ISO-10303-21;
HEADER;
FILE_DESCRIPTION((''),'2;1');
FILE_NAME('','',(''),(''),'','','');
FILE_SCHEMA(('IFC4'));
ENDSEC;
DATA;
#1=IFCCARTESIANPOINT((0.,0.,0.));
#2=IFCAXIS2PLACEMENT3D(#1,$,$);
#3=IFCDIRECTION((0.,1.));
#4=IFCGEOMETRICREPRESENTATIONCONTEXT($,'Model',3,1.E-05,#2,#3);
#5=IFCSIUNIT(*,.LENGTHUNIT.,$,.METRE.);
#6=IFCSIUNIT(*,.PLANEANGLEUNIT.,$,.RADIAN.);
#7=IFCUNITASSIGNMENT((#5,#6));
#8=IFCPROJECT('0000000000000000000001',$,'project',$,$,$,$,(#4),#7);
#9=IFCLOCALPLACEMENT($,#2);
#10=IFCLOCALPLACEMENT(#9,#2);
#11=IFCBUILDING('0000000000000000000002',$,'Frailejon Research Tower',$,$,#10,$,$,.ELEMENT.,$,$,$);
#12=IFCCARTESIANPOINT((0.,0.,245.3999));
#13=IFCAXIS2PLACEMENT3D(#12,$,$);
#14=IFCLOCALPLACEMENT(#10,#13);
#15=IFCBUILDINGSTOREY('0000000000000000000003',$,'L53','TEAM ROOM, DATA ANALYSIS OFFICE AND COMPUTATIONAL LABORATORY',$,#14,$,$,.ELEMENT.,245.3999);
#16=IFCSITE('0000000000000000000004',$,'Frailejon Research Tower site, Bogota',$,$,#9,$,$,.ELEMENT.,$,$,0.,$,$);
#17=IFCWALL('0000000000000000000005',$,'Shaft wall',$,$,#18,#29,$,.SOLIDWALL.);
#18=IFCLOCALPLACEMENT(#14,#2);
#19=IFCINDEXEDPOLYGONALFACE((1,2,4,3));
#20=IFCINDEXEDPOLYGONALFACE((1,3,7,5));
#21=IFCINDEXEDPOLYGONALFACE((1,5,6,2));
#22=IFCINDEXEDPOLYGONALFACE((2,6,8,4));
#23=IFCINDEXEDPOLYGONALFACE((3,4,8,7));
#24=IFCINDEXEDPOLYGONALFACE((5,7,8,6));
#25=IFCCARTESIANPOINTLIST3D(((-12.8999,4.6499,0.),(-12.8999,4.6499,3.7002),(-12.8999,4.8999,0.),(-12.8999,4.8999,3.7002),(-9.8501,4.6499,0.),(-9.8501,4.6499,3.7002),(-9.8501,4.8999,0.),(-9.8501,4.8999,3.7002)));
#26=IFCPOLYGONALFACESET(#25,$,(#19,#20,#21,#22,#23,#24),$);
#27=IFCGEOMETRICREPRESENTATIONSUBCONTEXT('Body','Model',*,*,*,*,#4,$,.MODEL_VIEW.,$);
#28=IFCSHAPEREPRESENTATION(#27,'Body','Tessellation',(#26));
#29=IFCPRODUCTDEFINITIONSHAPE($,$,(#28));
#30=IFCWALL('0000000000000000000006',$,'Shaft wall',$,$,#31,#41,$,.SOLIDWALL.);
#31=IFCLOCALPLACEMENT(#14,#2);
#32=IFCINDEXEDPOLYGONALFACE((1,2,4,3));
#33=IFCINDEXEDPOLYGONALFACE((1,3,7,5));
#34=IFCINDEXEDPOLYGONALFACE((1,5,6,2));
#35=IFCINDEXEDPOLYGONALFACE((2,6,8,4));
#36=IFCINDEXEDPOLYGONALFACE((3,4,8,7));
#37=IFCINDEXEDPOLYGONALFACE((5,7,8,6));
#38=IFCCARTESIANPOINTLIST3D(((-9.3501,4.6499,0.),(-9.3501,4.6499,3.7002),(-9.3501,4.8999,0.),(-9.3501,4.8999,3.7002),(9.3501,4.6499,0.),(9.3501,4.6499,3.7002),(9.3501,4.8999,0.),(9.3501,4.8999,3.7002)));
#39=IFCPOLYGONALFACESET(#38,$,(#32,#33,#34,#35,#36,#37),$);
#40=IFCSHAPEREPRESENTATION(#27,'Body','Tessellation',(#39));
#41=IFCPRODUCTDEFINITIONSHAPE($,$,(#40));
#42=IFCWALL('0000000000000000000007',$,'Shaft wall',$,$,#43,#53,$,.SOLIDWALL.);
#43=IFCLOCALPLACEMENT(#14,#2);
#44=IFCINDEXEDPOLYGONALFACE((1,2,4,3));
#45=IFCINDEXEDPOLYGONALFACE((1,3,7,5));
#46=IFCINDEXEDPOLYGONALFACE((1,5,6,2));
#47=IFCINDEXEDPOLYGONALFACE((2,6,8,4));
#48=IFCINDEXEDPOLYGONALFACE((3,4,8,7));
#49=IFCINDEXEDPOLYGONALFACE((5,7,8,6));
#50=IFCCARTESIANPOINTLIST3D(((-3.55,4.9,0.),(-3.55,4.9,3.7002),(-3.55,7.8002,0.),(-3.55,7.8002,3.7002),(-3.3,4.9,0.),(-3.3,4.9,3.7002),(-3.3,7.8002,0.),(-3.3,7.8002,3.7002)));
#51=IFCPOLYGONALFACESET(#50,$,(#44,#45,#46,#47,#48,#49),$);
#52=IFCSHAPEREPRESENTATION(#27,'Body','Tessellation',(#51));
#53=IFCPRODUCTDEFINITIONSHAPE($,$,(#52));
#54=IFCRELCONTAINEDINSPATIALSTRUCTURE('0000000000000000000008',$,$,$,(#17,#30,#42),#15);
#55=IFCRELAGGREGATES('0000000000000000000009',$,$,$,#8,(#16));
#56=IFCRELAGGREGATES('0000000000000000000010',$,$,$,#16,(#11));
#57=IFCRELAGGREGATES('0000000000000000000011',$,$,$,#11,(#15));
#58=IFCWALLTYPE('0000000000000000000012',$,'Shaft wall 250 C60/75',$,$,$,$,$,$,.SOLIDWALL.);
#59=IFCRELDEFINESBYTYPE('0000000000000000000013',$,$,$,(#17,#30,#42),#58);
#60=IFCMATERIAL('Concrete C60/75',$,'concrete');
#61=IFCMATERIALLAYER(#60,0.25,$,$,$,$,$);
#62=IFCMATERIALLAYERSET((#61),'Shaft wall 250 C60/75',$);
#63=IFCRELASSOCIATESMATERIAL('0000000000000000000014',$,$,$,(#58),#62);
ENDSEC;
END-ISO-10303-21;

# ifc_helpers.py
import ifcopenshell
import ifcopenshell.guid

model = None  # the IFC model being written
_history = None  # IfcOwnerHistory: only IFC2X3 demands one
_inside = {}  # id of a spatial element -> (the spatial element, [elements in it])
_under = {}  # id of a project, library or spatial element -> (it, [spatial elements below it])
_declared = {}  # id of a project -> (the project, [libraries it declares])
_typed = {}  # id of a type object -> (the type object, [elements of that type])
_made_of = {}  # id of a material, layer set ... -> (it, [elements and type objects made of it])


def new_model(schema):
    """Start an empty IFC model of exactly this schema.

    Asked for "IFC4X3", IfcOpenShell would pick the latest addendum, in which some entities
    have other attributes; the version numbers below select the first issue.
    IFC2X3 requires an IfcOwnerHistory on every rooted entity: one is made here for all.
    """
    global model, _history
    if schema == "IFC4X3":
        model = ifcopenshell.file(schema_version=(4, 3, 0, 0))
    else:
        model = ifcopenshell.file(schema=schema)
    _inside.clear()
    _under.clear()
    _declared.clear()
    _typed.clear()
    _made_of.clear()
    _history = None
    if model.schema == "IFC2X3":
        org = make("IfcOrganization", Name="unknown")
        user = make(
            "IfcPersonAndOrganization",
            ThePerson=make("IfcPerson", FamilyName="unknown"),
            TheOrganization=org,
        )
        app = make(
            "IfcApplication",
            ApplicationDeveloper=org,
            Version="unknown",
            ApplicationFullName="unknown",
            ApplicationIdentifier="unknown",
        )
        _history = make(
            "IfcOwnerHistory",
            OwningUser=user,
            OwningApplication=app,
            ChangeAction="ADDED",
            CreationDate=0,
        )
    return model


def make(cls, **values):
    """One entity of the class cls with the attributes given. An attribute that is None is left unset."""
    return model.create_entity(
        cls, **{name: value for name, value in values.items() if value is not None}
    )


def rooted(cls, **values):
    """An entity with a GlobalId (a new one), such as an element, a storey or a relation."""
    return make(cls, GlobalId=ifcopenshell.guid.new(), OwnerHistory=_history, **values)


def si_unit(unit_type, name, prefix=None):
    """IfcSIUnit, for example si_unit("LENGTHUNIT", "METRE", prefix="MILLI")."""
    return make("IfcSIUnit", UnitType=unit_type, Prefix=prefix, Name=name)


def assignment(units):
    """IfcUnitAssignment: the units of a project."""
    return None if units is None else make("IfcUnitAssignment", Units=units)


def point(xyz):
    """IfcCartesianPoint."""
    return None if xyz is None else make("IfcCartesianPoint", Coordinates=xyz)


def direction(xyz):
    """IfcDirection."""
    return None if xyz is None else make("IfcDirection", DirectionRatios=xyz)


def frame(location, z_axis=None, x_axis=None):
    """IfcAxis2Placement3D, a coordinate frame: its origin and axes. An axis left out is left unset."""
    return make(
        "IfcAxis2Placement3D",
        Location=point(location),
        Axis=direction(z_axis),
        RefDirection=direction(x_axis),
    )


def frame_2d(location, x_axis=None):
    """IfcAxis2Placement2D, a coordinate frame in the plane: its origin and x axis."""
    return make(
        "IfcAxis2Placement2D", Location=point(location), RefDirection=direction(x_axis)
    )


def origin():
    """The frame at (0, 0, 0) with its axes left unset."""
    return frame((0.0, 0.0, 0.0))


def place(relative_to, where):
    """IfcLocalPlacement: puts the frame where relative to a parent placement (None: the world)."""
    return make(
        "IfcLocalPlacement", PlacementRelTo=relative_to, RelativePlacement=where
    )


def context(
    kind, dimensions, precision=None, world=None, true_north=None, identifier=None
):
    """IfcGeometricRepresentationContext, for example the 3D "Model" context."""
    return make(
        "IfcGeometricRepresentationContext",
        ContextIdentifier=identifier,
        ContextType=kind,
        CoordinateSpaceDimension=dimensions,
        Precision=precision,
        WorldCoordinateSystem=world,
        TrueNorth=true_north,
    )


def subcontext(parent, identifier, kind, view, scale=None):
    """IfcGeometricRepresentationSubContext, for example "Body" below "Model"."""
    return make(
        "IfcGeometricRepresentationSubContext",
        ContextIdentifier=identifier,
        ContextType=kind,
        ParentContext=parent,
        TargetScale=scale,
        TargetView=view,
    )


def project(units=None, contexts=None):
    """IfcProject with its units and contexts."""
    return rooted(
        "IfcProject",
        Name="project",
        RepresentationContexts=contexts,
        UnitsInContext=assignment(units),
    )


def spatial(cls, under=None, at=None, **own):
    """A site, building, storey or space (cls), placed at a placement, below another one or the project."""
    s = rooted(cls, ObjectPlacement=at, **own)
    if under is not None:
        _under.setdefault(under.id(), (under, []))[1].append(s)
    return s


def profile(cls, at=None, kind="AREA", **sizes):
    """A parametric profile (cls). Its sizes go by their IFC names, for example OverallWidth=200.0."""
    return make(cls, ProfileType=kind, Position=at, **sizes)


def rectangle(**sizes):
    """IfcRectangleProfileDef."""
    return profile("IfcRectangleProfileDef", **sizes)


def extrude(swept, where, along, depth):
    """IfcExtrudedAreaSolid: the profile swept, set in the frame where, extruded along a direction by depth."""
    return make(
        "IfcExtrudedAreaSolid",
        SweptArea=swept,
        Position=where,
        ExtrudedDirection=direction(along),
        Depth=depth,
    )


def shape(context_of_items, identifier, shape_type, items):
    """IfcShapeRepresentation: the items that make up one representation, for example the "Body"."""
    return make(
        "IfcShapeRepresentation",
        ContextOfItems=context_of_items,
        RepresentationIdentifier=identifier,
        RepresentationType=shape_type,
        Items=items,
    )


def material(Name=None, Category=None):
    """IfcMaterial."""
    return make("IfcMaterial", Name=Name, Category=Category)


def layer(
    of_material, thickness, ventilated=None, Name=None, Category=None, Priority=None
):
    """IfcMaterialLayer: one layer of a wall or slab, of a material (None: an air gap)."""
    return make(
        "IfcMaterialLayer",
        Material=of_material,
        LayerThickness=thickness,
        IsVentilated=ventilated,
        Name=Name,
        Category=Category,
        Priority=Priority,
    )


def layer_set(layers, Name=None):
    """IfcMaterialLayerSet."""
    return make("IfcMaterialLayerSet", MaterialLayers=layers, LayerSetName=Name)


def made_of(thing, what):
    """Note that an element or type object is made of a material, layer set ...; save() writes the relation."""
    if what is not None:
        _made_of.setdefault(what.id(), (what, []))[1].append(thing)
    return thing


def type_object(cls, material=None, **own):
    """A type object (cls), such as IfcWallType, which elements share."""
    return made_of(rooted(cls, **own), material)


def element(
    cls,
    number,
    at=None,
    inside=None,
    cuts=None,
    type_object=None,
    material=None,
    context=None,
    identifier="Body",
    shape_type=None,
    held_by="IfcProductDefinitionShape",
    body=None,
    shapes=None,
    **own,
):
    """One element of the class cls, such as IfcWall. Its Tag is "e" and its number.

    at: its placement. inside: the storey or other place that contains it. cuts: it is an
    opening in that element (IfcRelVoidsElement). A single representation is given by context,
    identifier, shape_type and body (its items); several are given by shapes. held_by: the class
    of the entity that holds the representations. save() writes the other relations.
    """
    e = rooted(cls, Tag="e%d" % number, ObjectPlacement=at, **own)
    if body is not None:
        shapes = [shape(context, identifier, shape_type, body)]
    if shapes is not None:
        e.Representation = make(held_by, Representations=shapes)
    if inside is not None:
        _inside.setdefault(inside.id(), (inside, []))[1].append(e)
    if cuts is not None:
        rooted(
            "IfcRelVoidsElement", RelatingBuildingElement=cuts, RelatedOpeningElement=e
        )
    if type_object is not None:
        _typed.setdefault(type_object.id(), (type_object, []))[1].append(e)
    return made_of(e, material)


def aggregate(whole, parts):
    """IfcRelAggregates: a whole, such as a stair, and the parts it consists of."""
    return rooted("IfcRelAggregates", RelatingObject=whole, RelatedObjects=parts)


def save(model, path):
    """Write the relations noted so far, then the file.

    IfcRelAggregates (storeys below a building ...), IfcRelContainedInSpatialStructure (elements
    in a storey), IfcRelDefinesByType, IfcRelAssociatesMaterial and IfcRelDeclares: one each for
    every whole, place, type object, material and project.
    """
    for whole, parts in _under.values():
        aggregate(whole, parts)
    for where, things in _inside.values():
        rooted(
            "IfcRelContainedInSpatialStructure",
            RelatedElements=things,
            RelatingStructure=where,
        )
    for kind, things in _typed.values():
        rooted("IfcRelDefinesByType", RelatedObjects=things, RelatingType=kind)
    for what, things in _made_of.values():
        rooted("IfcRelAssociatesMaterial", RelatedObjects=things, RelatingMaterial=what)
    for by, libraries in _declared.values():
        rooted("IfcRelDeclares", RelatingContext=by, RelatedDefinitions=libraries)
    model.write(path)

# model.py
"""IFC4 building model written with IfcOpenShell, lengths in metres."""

from ifc_helpers import new_model, si_unit, direction, frame, frame_2d, origin, place, context, subcontext, project, spatial, rectangle, extrude, material, layer, layer_set, type_object, element, save


model = new_model("IFC4")

# Units and contexts
model_context = context("Model", 3, precision=1e-05, world=origin(), true_north=direction((0.0, 1.0)))
body_context = subcontext(model_context, "Body", "Model", "MODEL_VIEW")
ifc_project = project(units=[si_unit("LENGTHUNIT", "METRE"), si_unit("PLANEANGLEUNIT", "RADIAN")], contexts=[model_context])

# Site, building, storey
site_placement = place(None, origin())
site = spatial("IfcSite", under=ifc_project, at=site_placement, Name="Frailejon Research Tower site, Bogota", CompositionType="ELEMENT", RefElevation=0.0)
building_placement = place(site_placement, origin())
building = spatial("IfcBuilding", under=site, at=building_placement, Name="Frailejon Research Tower", CompositionType="ELEMENT")
storey_placement = place(building_placement, frame((0.0, 0.0, 245.3999)))
storey = spatial("IfcBuildingStorey", under=building, at=storey_placement, Name="L53", Description="TEAM ROOM, DATA ANALYSIS OFFICE AND COMPUTATIONAL LABORATORY", CompositionType="ELEMENT", Elevation=245.3999)

# Shared definitions
ifc_material_1 = material(Name="Concrete C60/75", Category="concrete")
ifc_layer_1 = layer(ifc_material_1, 0.25)
ifc_layer_set_1 = layer_set([ifc_layer_1], Name="Shaft wall 250 C60/75")
wall_type_1 = type_object("IfcWallType", Name="Shaft wall 250 C60/75", PredefinedType="SOLIDWALL", material=ifc_layer_set_1)

# Walls
wall_1_placement = place(storey_placement, frame((-12.8999, 4.7749, 0.0), z_axis=(0.0, 0.0, 1.0), x_axis=(1.0, 0.0, 0.0)))
element("IfcWall", 1, at=wall_1_placement, inside=storey, type_object=wall_type_1, Name="Shaft wall", PredefinedType="SOLIDWALL", context=body_context, shape_type="SweptSolid", body=[
    extrude(rectangle(XDim=3.0498, YDim=0.25, at=frame_2d((1.5249, 0.0))), origin(), (0.0, 0.0, 1.0), 3.7002),
])
wall_2_placement = place(storey_placement, frame((-9.3501, 4.7749, 0.0), z_axis=(0.0, 0.0, 1.0), x_axis=(1.0, 0.0, 0.0)))
element("IfcWall", 2, at=wall_2_placement, inside=storey, type_object=wall_type_1, Name="Shaft wall", PredefinedType="SOLIDWALL", context=body_context, shape_type="SweptSolid", body=[
    extrude(rectangle(XDim=18.7002, YDim=0.25, at=frame_2d((9.3501, 0.0))), origin(), (0.0, 0.0, 1.0), 3.7002),
])
wall_3_placement = place(storey_placement, frame((-3.425, 4.8999, 0.0), z_axis=(0.0, 0.0, 1.0), x_axis=(0.0, 1.0, 0.0)))
element("IfcWall", 3, at=wall_3_placement, inside=storey, type_object=wall_type_1, Name="Shaft wall", PredefinedType="SOLIDWALL", context=body_context, shape_type="SweptSolid", body=[
    extrude(rectangle(XDim=2.9001, YDim=0.25, at=frame_2d((1.4502, 0.0))), origin(), (0.0, 0.0, 1.0), 3.7002),
])

save(model, "model.ifc")
